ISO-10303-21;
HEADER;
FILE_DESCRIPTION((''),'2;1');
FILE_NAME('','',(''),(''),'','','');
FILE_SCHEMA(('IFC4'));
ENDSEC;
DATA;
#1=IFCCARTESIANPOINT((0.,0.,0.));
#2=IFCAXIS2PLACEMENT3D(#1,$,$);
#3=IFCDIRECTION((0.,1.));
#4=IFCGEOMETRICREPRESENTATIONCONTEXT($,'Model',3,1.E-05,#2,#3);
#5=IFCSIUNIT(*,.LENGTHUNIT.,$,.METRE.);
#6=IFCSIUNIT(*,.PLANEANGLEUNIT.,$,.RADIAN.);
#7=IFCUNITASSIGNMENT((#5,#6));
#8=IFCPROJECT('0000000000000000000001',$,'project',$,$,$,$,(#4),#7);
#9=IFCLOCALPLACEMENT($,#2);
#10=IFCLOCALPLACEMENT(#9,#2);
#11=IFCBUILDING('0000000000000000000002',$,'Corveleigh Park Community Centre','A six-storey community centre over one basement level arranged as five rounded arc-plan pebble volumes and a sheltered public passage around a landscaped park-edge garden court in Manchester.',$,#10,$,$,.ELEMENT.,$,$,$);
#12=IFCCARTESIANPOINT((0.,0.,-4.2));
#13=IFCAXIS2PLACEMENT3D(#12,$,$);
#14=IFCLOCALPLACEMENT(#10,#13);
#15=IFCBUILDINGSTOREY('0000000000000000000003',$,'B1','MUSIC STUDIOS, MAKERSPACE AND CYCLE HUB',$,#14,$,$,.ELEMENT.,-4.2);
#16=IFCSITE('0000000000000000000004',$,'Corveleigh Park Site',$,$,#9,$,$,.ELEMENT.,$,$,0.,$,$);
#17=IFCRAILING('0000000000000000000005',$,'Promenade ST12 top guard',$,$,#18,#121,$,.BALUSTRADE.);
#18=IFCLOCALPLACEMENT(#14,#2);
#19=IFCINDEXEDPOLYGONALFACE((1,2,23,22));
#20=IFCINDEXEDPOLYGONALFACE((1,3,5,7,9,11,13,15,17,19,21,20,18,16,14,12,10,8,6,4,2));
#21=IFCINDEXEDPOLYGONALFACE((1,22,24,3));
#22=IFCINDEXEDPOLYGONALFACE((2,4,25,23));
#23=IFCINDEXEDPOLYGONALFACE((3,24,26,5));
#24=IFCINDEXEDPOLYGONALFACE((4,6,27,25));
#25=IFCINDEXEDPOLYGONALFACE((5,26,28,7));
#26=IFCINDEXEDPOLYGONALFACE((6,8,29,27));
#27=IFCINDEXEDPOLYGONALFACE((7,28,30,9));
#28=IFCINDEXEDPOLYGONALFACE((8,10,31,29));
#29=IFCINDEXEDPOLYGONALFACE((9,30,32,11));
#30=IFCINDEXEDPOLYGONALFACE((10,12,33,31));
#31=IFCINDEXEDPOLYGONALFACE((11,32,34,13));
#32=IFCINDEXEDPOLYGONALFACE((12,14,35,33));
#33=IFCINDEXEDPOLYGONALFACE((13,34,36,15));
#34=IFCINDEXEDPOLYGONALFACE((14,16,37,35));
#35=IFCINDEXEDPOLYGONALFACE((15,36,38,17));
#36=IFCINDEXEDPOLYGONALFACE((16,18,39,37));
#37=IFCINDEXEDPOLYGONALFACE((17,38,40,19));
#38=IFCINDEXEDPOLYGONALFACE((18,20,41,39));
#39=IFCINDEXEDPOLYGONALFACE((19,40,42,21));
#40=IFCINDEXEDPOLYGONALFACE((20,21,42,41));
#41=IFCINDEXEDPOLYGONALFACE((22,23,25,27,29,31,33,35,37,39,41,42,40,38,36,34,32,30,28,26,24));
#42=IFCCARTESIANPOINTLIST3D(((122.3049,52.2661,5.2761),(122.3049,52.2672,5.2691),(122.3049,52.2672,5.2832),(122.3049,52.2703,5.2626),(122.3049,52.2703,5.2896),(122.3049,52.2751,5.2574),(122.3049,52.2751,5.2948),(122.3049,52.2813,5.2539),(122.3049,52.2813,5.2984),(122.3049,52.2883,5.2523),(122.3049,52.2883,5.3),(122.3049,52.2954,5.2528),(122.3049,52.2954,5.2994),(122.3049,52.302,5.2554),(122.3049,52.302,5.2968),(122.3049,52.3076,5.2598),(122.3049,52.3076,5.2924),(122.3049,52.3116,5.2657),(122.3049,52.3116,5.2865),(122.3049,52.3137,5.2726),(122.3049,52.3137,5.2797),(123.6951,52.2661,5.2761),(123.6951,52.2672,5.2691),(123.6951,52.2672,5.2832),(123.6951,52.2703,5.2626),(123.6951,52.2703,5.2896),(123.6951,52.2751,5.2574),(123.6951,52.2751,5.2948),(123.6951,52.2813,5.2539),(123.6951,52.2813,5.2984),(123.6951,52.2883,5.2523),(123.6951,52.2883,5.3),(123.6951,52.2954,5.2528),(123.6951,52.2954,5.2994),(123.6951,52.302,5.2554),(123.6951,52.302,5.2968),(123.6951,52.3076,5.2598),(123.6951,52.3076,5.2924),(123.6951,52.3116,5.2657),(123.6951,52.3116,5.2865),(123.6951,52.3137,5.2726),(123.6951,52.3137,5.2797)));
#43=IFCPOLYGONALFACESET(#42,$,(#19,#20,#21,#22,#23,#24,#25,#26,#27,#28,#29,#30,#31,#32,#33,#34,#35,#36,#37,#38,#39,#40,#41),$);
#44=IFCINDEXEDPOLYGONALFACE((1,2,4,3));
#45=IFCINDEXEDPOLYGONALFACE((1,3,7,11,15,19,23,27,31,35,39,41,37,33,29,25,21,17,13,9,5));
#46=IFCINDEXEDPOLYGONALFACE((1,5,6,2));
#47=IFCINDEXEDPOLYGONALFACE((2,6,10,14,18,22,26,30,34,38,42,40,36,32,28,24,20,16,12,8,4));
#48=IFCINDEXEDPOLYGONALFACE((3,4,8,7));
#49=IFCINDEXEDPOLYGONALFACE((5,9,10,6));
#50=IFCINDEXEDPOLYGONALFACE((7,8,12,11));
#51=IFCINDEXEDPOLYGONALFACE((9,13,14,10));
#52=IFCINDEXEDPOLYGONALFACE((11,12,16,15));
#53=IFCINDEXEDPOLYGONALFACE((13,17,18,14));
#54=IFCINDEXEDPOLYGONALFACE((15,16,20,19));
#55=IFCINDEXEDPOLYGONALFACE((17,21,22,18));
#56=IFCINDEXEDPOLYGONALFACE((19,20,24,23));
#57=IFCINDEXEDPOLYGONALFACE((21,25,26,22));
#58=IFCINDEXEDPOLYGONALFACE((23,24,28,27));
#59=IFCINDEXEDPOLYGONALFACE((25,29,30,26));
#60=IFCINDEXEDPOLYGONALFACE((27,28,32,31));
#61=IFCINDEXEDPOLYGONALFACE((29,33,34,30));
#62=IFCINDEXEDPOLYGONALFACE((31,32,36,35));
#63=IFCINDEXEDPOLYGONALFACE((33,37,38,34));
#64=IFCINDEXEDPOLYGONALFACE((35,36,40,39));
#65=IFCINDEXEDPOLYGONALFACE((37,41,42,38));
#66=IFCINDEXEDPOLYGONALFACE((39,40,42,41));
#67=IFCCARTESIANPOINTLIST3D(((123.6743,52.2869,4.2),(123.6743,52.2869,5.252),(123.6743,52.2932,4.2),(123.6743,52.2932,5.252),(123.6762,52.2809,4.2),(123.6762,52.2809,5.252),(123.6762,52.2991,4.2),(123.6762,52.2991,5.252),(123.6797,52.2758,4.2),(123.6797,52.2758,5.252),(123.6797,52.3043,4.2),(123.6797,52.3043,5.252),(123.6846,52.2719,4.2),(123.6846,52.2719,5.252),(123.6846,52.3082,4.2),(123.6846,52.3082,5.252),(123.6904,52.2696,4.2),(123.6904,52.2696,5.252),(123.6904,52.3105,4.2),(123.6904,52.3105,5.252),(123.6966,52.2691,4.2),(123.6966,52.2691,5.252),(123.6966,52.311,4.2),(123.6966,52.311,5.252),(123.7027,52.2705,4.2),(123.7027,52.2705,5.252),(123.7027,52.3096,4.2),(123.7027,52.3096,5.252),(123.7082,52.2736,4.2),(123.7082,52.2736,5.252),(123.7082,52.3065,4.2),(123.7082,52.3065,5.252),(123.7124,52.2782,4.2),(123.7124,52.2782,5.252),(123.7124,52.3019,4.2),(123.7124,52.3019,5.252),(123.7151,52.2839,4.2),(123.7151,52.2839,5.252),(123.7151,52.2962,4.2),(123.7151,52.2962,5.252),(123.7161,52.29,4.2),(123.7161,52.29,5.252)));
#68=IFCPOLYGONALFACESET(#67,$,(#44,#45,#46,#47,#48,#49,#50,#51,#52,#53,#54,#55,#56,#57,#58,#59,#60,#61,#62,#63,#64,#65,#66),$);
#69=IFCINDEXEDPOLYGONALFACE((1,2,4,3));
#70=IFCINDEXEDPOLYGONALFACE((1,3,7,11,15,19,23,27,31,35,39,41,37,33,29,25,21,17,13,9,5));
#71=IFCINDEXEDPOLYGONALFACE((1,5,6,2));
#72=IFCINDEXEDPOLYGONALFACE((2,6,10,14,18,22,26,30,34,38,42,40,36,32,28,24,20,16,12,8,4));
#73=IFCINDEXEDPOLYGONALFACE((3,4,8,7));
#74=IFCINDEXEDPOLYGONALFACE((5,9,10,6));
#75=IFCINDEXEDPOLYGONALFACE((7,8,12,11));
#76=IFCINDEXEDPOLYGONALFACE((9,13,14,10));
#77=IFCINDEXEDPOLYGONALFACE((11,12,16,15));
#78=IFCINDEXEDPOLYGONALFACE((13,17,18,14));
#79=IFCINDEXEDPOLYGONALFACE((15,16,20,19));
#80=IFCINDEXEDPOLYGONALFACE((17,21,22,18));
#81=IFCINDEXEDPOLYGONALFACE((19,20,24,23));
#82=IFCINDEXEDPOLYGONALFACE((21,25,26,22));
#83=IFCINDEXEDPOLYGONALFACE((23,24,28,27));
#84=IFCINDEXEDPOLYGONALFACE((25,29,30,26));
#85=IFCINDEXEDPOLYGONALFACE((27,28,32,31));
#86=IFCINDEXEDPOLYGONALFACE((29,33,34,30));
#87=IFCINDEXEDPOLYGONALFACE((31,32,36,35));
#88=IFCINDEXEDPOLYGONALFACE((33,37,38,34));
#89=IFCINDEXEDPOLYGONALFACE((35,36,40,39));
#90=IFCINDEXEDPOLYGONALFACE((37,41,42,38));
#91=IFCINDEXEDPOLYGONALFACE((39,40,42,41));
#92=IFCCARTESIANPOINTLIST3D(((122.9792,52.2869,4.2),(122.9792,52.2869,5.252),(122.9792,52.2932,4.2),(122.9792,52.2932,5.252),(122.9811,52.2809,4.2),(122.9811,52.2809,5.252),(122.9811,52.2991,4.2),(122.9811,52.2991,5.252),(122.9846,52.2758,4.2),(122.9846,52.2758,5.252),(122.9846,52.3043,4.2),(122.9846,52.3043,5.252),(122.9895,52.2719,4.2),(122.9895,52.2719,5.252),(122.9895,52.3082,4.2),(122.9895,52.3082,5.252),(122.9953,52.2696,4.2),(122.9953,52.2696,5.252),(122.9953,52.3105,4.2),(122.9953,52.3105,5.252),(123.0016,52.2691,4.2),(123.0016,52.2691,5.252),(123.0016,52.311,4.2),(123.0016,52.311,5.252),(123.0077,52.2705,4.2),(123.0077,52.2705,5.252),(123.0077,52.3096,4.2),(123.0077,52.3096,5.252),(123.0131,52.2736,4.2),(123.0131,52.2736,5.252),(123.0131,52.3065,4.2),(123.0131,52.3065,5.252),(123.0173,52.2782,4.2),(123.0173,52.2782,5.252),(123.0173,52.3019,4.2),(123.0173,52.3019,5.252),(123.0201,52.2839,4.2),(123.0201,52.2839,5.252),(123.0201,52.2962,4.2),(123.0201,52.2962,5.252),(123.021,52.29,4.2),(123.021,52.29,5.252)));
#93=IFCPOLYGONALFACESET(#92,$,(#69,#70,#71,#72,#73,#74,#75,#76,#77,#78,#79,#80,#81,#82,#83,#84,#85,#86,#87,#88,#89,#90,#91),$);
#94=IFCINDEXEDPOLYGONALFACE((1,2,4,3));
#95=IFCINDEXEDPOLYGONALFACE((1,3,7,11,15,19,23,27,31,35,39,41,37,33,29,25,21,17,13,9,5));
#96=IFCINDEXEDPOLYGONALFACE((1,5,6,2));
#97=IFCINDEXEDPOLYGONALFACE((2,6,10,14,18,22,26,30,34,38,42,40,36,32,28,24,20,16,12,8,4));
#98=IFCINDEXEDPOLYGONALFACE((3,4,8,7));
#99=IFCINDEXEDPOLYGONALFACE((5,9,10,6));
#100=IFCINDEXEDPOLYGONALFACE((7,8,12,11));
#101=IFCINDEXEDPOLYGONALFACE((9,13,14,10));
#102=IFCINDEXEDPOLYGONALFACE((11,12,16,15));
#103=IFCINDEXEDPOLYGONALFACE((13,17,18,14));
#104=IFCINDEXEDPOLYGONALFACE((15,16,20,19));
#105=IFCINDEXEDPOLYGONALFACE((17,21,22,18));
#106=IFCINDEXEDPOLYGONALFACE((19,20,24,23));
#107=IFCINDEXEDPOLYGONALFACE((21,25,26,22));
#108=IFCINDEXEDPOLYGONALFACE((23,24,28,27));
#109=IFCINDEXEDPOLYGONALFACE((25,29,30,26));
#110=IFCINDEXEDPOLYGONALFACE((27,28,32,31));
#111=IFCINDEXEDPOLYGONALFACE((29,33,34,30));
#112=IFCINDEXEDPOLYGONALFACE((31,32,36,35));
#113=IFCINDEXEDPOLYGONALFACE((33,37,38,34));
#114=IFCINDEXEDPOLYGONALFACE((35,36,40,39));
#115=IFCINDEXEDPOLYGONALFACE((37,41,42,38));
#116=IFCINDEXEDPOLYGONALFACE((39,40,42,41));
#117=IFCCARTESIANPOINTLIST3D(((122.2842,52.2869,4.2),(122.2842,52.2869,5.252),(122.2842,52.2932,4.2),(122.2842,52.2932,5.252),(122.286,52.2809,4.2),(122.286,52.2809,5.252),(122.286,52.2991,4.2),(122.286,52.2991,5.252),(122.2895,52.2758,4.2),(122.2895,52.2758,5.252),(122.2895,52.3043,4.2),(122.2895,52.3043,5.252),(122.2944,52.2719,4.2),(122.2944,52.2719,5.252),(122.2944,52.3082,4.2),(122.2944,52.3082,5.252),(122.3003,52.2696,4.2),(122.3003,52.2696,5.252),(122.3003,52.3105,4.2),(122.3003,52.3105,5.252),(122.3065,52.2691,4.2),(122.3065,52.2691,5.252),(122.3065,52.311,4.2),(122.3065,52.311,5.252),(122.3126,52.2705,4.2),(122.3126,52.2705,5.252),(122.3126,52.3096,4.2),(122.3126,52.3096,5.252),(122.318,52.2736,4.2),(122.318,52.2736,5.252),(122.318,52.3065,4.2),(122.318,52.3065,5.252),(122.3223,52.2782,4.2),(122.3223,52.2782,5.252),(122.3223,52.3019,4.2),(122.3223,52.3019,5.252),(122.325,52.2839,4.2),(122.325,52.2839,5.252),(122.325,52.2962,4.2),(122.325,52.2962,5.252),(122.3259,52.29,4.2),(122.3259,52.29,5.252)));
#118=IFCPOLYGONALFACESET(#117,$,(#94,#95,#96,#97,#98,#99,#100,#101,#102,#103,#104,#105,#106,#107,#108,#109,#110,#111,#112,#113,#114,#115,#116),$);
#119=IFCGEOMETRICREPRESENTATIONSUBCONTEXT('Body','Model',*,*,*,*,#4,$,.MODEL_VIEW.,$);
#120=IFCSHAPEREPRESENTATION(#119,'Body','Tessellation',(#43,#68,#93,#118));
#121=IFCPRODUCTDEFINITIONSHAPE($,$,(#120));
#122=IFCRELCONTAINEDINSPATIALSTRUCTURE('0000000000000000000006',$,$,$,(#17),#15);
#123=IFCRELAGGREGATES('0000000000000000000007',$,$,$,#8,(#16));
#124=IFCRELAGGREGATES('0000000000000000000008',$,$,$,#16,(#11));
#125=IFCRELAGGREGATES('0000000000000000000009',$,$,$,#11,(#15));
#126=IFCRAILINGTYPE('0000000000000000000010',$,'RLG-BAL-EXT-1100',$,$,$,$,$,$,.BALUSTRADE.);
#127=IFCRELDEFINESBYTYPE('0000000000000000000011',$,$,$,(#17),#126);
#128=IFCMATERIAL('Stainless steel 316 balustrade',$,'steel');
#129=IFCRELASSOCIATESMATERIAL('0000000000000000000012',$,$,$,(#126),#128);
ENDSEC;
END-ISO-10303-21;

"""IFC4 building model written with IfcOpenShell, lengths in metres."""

from ifc_helpers import new_model, si_unit, direction, frame, origin, origin_2d, place, context, subcontext, project, spatial, circle, extrude, material, type_object, element, save


model = new_model("IFC4")

# Units and contexts
model_context = context("Model", 3, precision=1e-05, world=origin(), true_north=direction((0.0, 1.0)))
body_context = subcontext(model_context, "Body", "Model", "MODEL_VIEW")
ifc_project = project(units=[si_unit("LENGTHUNIT", "METRE"), si_unit("PLANEANGLEUNIT", "RADIAN")], contexts=[model_context])

# Site, building, storey
site_placement = place(None, origin())
site = spatial("IfcSite", under=ifc_project, at=site_placement, Name="Corveleigh Park Site", CompositionType="ELEMENT", RefElevation=0.0)
building_placement = place(site_placement, origin())
building = spatial("IfcBuilding", under=site, at=building_placement, Name="Corveleigh Park Community Centre", Description="A six-storey community centre over one basement level arranged as five rounded arc-plan pebble volumes and a sheltered public passage around a landscaped park-edge garden court in Manchester.", CompositionType="ELEMENT")
storey_placement = place(building_placement, frame((0.0, 0.0, -4.2)))
storey = spatial("IfcBuildingStorey", under=building, at=storey_placement, Name="B1", Description="MUSIC STUDIOS, MAKERSPACE AND CYCLE HUB", CompositionType="ELEMENT", Elevation=-4.2)

# Railing
ifc_material_1 = material(Name="Stainless steel 316 balustrade", Category="steel")
railing_type = type_object("IfcRailingType", Name="RLG-BAL-EXT-1100", PredefinedType="BALUSTRADE", material=ifc_material_1)
railing_1_placement = place(storey_placement, frame((123.6951, 52.29, 4.2)))
element("IfcRailing", 1, at=railing_1_placement, inside=storey, type_object=railing_type, Name="Promenade ST12 top guard", PredefinedType="BALUSTRADE", context=body_context, shape_type="SweptSolid", body=[
    extrude(circle(Radius=0.0239, at=origin_2d()), frame((0.0, 0.0, 1.0762), z_axis=(-1.0, 0.0, 0.0), x_axis=(0.0, -1.0, 0.0)), (0.0, 0.0, 1.0), 1.3901),
    extrude(circle(Radius=0.021, at=origin_2d()), origin(), (0.0, 0.0, 1.0), 1.052),
    extrude(circle(Radius=0.021, at=origin_2d()), frame((-0.6951, 0.0, 0.0)), (0.0, 0.0, 1.0), 1.052),
    extrude(circle(Radius=0.021, at=origin_2d()), frame((-1.3901, 0.0, 0.0)), (0.0, 0.0, 1.0), 1.052),
])

save(model, "model.ifc")
